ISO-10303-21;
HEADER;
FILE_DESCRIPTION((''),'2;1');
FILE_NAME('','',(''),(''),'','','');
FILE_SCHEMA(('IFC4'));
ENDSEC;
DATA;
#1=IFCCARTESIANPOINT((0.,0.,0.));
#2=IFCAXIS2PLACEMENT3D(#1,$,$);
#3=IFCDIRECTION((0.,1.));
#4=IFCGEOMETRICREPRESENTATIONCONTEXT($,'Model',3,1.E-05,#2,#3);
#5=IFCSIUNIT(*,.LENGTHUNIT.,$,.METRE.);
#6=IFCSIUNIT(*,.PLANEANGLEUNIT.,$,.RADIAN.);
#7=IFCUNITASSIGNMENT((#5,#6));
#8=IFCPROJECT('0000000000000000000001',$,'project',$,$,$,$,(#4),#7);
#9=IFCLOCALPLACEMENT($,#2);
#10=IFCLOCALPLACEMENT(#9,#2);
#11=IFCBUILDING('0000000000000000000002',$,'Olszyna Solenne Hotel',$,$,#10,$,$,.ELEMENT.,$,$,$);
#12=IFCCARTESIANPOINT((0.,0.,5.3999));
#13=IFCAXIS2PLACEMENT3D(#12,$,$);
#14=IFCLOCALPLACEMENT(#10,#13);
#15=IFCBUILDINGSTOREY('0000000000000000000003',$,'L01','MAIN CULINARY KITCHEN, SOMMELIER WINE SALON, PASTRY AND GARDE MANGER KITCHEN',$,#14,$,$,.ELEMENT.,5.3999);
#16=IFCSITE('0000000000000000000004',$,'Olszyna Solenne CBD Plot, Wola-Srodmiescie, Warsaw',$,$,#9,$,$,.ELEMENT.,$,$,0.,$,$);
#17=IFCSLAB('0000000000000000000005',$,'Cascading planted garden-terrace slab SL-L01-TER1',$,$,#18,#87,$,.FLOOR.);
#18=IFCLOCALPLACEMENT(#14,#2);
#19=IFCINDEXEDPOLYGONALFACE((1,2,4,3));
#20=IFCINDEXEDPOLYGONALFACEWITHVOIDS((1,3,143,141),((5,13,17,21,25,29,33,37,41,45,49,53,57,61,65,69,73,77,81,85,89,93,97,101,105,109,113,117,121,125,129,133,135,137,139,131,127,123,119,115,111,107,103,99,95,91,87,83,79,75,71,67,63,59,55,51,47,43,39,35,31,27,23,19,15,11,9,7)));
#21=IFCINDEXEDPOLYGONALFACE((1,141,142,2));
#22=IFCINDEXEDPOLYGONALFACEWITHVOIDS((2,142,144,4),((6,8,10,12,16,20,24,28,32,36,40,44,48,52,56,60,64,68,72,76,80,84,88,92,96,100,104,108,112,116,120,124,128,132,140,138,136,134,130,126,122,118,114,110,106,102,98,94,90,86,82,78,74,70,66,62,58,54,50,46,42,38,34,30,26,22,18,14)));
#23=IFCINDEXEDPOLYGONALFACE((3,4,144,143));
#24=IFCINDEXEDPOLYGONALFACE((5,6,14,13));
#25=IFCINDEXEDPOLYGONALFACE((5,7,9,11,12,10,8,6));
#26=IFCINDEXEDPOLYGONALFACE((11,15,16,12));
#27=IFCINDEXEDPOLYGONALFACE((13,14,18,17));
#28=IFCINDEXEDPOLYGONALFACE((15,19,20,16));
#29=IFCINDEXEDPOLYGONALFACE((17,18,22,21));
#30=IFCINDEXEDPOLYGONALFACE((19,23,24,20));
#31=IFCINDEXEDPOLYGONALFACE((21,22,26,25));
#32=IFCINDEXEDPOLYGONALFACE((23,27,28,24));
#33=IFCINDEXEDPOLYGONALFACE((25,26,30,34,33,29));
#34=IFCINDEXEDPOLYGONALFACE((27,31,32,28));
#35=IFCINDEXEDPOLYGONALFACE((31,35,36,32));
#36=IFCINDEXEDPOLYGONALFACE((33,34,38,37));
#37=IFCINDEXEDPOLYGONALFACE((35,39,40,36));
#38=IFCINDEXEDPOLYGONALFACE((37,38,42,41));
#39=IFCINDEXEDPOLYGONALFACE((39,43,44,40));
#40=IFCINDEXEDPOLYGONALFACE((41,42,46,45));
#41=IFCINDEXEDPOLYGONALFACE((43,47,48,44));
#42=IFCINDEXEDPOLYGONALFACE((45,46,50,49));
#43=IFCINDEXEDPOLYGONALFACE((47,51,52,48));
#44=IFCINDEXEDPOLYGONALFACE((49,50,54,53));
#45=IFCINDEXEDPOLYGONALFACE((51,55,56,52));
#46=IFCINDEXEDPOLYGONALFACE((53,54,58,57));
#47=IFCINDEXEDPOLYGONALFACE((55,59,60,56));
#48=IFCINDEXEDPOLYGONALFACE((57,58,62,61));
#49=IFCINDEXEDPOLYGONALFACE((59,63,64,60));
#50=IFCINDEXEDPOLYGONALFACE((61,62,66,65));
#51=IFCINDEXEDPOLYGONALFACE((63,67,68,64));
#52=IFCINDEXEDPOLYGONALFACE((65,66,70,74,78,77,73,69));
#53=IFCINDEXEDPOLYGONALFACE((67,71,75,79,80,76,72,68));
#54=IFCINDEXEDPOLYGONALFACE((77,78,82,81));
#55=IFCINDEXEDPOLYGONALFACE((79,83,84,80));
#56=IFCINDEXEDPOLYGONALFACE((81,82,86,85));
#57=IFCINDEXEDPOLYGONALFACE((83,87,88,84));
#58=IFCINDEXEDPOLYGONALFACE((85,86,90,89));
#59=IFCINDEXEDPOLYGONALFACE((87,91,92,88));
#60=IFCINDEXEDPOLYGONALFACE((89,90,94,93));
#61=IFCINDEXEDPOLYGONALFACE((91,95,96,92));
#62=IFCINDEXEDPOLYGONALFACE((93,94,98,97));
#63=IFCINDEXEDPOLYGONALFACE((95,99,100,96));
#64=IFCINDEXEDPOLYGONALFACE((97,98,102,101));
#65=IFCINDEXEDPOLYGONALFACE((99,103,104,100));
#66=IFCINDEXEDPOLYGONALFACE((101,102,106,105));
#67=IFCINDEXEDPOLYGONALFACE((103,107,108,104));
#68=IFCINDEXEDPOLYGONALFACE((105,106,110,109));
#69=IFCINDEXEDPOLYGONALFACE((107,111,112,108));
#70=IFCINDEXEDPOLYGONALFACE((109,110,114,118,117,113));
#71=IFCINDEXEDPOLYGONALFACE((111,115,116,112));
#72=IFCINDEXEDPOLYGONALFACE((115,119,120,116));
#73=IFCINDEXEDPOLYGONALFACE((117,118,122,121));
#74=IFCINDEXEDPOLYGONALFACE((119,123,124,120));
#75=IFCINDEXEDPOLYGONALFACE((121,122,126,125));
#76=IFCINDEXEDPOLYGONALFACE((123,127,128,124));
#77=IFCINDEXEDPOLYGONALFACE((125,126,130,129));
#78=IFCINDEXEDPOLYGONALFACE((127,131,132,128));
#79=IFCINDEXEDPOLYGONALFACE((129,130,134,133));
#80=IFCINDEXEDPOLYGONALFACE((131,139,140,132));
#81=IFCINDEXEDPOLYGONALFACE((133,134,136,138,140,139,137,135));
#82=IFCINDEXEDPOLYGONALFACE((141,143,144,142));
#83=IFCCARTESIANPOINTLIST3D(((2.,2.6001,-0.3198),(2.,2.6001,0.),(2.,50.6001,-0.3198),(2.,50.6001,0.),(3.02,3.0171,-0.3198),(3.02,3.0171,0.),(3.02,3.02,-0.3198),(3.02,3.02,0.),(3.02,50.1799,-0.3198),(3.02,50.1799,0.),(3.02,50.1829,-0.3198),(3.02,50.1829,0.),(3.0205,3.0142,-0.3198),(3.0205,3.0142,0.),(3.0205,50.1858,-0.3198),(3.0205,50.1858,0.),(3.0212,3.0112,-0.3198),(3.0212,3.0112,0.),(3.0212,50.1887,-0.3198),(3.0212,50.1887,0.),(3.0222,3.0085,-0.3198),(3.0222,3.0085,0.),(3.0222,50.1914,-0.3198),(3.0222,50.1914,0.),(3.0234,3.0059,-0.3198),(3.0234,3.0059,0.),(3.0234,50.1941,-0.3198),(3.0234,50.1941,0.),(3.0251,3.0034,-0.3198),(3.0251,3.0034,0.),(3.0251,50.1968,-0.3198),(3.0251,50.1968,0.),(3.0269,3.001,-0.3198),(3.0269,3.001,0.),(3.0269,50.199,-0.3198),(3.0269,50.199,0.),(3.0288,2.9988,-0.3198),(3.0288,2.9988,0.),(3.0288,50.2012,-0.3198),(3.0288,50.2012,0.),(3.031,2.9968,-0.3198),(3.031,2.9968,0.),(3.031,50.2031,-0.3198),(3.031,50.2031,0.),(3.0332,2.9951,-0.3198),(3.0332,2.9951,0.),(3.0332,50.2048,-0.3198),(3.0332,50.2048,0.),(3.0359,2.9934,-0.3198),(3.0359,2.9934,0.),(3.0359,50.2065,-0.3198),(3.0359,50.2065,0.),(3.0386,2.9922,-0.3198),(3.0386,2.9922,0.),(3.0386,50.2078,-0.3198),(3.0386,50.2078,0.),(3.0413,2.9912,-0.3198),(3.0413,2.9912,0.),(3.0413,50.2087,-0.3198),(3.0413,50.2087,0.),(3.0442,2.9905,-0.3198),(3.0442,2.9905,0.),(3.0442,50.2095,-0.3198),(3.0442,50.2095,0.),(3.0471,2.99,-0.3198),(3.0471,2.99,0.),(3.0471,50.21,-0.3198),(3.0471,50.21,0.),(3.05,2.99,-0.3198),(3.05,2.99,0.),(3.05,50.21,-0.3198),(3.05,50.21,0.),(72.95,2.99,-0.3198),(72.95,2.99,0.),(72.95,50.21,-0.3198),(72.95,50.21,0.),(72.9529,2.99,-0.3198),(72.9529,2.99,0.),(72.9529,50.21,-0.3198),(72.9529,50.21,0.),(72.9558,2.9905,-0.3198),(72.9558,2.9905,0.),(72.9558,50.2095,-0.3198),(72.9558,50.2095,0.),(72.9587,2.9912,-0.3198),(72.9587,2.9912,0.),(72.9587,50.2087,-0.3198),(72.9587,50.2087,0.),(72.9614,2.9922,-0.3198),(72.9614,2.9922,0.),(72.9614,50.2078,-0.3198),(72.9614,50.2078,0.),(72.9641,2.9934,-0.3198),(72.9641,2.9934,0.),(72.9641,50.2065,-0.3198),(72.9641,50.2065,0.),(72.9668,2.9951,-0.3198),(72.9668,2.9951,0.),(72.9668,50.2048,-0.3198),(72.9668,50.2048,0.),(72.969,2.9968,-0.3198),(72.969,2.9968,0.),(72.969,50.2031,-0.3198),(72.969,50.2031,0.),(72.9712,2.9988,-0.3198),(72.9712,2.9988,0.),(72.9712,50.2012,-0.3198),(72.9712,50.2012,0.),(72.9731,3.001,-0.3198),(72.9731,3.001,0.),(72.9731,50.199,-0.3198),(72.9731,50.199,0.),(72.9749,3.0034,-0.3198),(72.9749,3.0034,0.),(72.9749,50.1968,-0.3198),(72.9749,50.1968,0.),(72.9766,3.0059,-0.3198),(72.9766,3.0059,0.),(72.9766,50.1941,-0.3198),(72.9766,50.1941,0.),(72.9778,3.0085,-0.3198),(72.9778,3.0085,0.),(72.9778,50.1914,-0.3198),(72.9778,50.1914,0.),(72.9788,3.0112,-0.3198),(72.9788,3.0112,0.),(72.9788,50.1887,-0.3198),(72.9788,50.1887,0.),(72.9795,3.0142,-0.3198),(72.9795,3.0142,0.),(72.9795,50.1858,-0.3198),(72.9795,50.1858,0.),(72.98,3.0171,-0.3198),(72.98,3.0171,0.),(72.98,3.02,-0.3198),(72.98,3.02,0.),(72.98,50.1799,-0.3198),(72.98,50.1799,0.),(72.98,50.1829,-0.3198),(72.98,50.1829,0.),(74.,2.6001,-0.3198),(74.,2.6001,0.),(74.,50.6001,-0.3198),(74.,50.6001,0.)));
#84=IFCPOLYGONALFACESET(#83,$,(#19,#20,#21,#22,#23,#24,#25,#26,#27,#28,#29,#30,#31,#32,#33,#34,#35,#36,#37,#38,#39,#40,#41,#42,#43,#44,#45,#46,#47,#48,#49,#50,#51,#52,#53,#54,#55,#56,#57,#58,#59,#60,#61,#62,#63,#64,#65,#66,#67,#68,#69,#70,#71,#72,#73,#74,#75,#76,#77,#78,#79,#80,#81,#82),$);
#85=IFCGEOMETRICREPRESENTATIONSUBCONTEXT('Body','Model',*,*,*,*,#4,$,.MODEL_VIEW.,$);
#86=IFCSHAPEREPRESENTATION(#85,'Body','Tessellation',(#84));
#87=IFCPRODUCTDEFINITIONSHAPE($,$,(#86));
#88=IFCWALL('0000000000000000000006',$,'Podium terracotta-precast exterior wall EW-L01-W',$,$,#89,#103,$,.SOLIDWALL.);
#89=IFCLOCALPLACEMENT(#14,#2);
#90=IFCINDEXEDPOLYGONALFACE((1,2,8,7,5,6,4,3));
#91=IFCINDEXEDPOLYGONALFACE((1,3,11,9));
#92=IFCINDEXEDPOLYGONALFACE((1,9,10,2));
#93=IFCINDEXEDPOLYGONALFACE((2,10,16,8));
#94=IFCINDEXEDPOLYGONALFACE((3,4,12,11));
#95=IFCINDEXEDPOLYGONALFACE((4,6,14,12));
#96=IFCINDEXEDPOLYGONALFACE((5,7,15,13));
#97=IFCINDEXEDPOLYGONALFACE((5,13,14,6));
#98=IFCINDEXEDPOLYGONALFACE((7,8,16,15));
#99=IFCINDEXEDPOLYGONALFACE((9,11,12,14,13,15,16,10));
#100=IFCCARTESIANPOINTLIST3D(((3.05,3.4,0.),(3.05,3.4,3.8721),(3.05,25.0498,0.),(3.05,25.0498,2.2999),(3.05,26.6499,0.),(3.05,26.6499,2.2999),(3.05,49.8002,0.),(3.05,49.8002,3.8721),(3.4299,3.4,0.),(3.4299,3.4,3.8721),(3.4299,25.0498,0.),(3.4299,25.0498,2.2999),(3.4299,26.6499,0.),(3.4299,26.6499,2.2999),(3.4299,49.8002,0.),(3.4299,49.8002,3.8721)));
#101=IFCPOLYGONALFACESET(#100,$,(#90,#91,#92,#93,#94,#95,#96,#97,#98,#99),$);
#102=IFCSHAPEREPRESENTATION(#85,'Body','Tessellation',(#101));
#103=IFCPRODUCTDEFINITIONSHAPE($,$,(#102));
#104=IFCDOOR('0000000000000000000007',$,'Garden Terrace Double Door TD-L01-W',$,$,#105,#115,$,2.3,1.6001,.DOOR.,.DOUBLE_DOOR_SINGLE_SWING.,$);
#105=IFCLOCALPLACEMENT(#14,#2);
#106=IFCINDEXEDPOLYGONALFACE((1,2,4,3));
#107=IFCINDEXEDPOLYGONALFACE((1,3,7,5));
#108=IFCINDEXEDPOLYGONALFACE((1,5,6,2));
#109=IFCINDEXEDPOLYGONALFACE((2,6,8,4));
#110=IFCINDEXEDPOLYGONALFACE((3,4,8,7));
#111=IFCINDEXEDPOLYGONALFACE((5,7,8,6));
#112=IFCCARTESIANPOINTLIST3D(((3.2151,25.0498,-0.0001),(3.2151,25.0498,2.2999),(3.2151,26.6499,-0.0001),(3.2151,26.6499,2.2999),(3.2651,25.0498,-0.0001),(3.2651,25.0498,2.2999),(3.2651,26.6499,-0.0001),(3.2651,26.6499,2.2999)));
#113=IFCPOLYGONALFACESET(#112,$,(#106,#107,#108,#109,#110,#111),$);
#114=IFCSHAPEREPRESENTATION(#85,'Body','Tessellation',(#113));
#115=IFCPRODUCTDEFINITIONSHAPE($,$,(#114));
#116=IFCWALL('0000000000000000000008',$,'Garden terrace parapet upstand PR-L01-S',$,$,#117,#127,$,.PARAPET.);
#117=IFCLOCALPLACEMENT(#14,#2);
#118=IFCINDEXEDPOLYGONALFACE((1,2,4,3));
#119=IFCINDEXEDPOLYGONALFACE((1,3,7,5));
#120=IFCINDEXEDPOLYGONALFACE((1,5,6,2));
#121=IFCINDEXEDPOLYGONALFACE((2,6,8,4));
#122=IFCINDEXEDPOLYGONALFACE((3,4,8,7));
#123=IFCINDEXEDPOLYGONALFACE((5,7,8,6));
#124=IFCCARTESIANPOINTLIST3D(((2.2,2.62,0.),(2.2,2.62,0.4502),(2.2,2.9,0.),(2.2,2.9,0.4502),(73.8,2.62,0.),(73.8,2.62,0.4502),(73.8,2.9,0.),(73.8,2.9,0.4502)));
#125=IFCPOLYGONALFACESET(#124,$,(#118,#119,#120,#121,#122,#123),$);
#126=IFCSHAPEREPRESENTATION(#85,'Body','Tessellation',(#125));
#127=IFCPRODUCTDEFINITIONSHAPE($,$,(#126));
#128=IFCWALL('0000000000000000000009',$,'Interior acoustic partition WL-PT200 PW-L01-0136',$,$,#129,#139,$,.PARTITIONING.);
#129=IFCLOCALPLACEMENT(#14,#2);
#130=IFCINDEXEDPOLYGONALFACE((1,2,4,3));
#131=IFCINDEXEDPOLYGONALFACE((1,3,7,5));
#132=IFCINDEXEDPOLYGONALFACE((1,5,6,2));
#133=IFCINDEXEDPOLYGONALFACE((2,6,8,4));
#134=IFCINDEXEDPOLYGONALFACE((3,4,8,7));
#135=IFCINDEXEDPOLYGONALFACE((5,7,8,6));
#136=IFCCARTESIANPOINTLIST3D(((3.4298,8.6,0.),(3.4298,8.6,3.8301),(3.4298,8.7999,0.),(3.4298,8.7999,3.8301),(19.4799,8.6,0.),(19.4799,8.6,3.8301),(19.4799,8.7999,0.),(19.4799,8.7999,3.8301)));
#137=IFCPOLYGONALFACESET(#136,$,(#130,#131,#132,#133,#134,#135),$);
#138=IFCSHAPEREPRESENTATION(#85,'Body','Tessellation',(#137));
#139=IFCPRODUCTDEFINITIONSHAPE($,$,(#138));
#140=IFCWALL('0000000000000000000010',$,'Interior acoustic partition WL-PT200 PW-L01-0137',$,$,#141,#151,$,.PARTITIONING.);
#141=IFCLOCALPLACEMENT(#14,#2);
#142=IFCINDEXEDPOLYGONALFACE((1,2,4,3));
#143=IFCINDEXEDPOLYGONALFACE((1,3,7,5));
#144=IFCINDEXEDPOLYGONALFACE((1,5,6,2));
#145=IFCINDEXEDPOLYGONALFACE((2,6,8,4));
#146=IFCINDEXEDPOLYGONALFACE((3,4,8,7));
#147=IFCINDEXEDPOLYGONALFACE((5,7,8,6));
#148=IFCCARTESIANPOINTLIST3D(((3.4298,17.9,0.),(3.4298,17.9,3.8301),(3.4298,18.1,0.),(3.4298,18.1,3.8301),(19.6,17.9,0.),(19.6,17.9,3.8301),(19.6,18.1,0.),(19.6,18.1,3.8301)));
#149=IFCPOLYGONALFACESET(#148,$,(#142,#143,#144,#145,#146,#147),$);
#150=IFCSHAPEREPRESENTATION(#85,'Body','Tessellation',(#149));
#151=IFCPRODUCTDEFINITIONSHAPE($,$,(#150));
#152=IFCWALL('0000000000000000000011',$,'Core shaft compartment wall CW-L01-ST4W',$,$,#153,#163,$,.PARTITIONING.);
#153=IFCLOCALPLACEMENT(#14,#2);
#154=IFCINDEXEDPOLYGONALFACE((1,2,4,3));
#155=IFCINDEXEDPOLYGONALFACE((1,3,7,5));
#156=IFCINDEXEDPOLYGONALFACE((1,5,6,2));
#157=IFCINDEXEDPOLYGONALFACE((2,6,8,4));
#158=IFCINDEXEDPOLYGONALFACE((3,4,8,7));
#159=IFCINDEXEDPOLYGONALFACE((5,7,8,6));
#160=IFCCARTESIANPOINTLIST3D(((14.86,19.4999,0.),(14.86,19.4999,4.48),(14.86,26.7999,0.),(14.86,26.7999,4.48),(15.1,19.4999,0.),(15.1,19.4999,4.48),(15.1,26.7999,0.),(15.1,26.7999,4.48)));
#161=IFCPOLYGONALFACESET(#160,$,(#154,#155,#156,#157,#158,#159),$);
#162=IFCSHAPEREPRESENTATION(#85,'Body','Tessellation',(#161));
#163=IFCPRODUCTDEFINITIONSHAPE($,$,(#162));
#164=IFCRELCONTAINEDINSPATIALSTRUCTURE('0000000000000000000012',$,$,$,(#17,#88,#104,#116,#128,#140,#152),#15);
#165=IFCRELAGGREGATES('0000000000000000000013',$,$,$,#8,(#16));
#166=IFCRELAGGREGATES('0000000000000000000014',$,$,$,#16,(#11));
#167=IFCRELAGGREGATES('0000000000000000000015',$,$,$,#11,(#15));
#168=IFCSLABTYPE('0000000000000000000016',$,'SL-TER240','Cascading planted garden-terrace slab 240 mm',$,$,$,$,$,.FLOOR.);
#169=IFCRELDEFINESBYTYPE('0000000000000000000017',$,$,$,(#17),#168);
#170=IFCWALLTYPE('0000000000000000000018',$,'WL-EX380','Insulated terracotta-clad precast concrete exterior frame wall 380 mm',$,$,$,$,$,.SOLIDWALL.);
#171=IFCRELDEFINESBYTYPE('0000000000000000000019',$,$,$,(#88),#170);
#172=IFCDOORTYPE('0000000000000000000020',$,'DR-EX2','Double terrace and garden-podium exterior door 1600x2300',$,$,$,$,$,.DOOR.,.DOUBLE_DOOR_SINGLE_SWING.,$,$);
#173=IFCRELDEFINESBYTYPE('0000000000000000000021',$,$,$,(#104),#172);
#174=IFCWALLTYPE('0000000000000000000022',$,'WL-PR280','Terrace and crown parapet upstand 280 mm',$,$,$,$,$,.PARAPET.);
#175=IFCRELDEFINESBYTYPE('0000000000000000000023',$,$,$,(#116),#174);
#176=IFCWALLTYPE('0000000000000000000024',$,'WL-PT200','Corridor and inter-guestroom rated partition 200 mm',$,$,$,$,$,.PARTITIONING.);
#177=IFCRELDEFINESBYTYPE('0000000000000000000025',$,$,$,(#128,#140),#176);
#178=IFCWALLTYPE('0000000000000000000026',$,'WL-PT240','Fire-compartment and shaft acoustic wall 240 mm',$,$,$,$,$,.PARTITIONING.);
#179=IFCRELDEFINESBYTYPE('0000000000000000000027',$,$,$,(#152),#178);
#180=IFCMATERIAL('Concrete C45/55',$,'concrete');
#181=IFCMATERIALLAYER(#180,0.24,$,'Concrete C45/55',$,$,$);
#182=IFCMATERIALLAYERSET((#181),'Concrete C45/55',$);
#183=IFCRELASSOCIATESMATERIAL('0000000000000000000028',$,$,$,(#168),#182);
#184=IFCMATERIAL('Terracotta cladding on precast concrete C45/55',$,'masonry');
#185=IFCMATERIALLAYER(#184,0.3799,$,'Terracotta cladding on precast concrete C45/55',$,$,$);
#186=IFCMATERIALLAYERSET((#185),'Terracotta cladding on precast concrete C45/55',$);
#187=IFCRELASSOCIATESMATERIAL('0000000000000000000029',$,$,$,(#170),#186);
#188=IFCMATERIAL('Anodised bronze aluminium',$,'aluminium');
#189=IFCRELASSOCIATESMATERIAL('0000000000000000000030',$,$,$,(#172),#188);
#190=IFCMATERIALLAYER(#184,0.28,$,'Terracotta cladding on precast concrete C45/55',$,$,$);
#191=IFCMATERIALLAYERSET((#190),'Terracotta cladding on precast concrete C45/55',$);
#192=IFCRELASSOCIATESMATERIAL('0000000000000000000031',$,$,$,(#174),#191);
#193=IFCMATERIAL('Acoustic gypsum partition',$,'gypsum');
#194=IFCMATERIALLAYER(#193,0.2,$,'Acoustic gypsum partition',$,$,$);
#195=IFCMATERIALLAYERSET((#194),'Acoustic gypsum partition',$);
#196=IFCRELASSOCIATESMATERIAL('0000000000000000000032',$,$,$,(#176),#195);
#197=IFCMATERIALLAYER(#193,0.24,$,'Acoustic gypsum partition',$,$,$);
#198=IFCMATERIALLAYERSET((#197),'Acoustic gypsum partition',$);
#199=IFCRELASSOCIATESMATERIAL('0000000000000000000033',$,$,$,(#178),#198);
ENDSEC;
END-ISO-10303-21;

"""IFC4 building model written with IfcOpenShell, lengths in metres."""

from ifc_helpers import new_model, si_unit, direction, frame, frame_2d, origin, place, context, subcontext, project, spatial, polyline, rectangle, outline, extrude, source, transform, mapped, material, layer, layer_set, type_object, type_shapes, element, fill, save


model = new_model("IFC4")

# Units and contexts
model_context = context("Model", 3, precision=1e-05, world=origin(), true_north=direction((0.0, 1.0)))
body_context = subcontext(model_context, "Body", "Model", "MODEL_VIEW")
ifc_project = project(units=[si_unit("LENGTHUNIT", "METRE"), si_unit("PLANEANGLEUNIT", "RADIAN")], contexts=[model_context])

# Site, building, storey
site_placement = place(None, origin())
site = spatial("IfcSite", under=ifc_project, at=site_placement, Name="Olszyna Solenne CBD Plot, Wola-Srodmiescie, Warsaw", CompositionType="ELEMENT", RefElevation=0.0)
building_placement = place(site_placement, origin())
building = spatial("IfcBuilding", under=site, at=building_placement, Name="Olszyna Solenne Hotel", CompositionType="ELEMENT")
storey_placement = place(building_placement, frame((0.0, 0.0, 5.3999)))
storey = spatial("IfcBuildingStorey", under=building, at=storey_placement, Name="L01", Description="MAIN CULINARY KITCHEN, SOMMELIER WINE SALON, PASTRY AND GARDE MANGER KITCHEN", CompositionType="ELEMENT", Elevation=5.3999)

# Slab
ifc_material_1 = material(Name="Concrete C45/55", Category="concrete")
ifc_layer_1 = layer(ifc_material_1, 0.24, Name="Concrete C45/55")
ifc_layer_set_1 = layer_set([ifc_layer_1], Name="Concrete C45/55")
slab_type_1 = type_object("IfcSlabType", Name="SL-TER240", Description="Cascading planted garden-terrace slab 240 mm", PredefinedType="FLOOR", material=ifc_layer_set_1)
slab_1_placement = place(storey_placement, frame((0.0, 0.0, -0.3198)))
element("IfcSlab", 1, at=slab_1_placement, inside=storey, type_object=slab_type_1, Name="Cascading planted garden-terrace slab SL-L01-TER1", PredefinedType="FLOOR", context=body_context, shape_type="SweptSolid", body=[
    extrude(outline(polyline([(2.0, 2.6001), (74.0, 2.6001), (74.0, 50.6001), (2.0, 50.6001), (2.0, 2.6001)]), holes=[polyline([(3.02, 3.0171), (3.0205, 3.0142), (3.0212, 3.0112), (3.0222, 3.0085), (3.0234, 3.0059), (3.0251, 3.0034), (3.0269, 3.001), (3.0288, 2.9988), (3.031, 2.9968), (3.0332, 2.9951), (3.0359, 2.9934), (3.0386, 2.9922), (3.0413, 2.9912), (3.0442, 2.9905), (3.0471, 2.99), (3.05, 2.99), (72.95, 2.99), (72.9529, 2.99), (72.9558, 2.9905), (72.9587, 2.9912), (72.9614, 2.9922), (72.9641, 2.9934), (72.9668, 2.9951), (72.969, 2.9968), (72.9712, 2.9988), (72.9731, 3.001), (72.9749, 3.0034), (72.9766, 3.0059), (72.9778, 3.0085), (72.9788, 3.0112), (72.9795, 3.0142), (72.98, 3.0171), (72.98, 3.02), (72.98, 50.1799), (72.98, 50.1829), (72.9795, 50.1858), (72.9788, 50.1887), (72.9778, 50.1914), (72.9766, 50.1941), (72.9749, 50.1968), (72.9731, 50.199), (72.9712, 50.2012), (72.969, 50.2031), (72.9668, 50.2048), (72.9641, 50.2065), (72.9614, 50.2078), (72.9587, 50.2087), (72.9558, 50.2095), (72.9529, 50.21), (72.95, 50.21), (3.05, 50.21), (3.0471, 50.21), (3.0442, 50.2095), (3.0413, 50.2087), (3.0386, 50.2078), (3.0359, 50.2065), (3.0332, 50.2048), (3.031, 50.2031), (3.0288, 50.2012), (3.0269, 50.199), (3.0251, 50.1968), (3.0234, 50.1941), (3.0222, 50.1914), (3.0212, 50.1887), (3.0205, 50.1858), (3.02, 50.1829), (3.02, 50.1799), (3.02, 3.02), (3.02, 3.0171)])]), origin(), (0.0, 0.0, 1.0), 0.3198),
])

# Wall, opening, door
ifc_material_2 = material(Name="Terracotta cladding on precast concrete C45/55", Category="masonry")
ifc_layer_2 = layer(ifc_material_2, 0.3799, Name="Terracotta cladding on precast concrete C45/55")
ifc_layer_set_2 = layer_set([ifc_layer_2], Name="Terracotta cladding on precast concrete C45/55")
wall_type_1 = type_object("IfcWallType", Name="WL-EX380", Description="Insulated terracotta-clad precast concrete exterior frame wall 380 mm", PredefinedType="SOLIDWALL", material=ifc_layer_set_2)
wall_1_placement = place(storey_placement, frame((3.24, 3.3999, 0.0), z_axis=(0.0, 0.0, 1.0), x_axis=(0.0, 1.0, 0.0)))
wall_1 = element("IfcWall", 2, at=wall_1_placement, inside=storey, type_object=wall_type_1, Name="Podium terracotta-precast exterior wall EW-L01-W", PredefinedType="SOLIDWALL", context=body_context, shape_type="SweptSolid", body=[
    extrude(rectangle(XDim=46.4001, YDim=0.3799, at=frame_2d((23.2002, 0.0))), origin(), (0.0, 0.0, 1.0), 3.8721),
])
opening_placement = place(wall_1_placement, frame((21.6499, 0.0, 0.0)))
opening = element("IfcOpeningElement", 3, at=opening_placement, cuts=wall_1, PredefinedType="OPENING", context=body_context, shape_type="SweptSolid", body=[
    extrude(rectangle(XDim=1.6001, YDim=2.3, at=frame_2d((0.8, 1.1499))), frame((0.0, 0.2, 0.0), z_axis=(0.0, -1.0, 0.0), x_axis=(1.0, 0.0, 0.0)), (0.0, 0.0, 1.0), 0.3999),
])
ifc_material_3 = material(Name="Anodised bronze aluminium", Category="aluminium")
door_type = type_object("IfcDoorType", Name="DR-EX2", Description="Double terrace and garden-podium exterior door 1600x2300", OperationType="DOUBLE_DOOR_SINGLE_SWING", PredefinedType="DOOR", material=ifc_material_3)
shared_shape_1 = source(origin(), body_context, "Body", "SweptSolid", [
    extrude(rectangle(XDim=1.6001, YDim=2.3, at=frame_2d((0.8, 1.1499))), frame((0.0, 0.0249, 0.0), z_axis=(0.0, -1.0, 0.0), x_axis=(1.0, 0.0, 0.0)), (0.0, 0.0, 1.0), 0.05),
])
type_shapes(door_type, [shared_shape_1])
door_placement = place(opening_placement, origin())
door = element("IfcDoor", 4, at=door_placement, inside=storey, type_object=door_type, Name="Garden Terrace Double Door TD-L01-W", OperationType="DOUBLE_DOOR_SINGLE_SWING", OverallHeight=2.3, OverallWidth=1.6001, PredefinedType="DOOR", context=body_context, shape_type="MappedRepresentation", body=[
    mapped(shared_shape_1, transform((0.0, 0.0, 0.0), x_axis=(1.0, 0.0, 0.0), y_axis=(0.0, 1.0, 0.0), z_axis=(0.0, 0.0, 1.0), scale=1.0)),
])
fill(opening, door)

# Walls
ifc_layer_3 = layer(ifc_material_2, 0.28, Name="Terracotta cladding on precast concrete C45/55")
ifc_layer_set_3 = layer_set([ifc_layer_3], Name="Terracotta cladding on precast concrete C45/55")
wall_type_2 = type_object("IfcWallType", Name="WL-PR280", Description="Terrace and crown parapet upstand 280 mm", PredefinedType="PARAPET", material=ifc_layer_set_3)
wall_2_placement = place(storey_placement, frame((2.2, 2.76, 0.0), z_axis=(0.0, 0.0, 1.0), x_axis=(1.0, 0.0, 0.0)))
element("IfcWall", 5, at=wall_2_placement, inside=storey, type_object=wall_type_2, Name="Garden terrace parapet upstand PR-L01-S", PredefinedType="PARAPET", context=body_context, shape_type="SweptSolid", body=[
    extrude(rectangle(XDim=71.6001, YDim=0.28, at=frame_2d((35.8, 0.0))), origin(), (0.0, 0.0, 1.0), 0.4502),
])
ifc_material_4 = material(Name="Acoustic gypsum partition", Category="gypsum")
ifc_layer_4 = layer(ifc_material_4, 0.2, Name="Acoustic gypsum partition")
ifc_layer_set_4 = layer_set([ifc_layer_4], Name="Acoustic gypsum partition")
wall_type_3 = type_object("IfcWallType", Name="WL-PT200", Description="Corridor and inter-guestroom rated partition 200 mm", PredefinedType="PARTITIONING", material=ifc_layer_set_4)
wall_3_placement = place(storey_placement, frame((3.4299, 8.7, 0.0), z_axis=(0.0, 0.0, 1.0), x_axis=(1.0, 0.0, 0.0)))
element("IfcWall", 6, at=wall_3_placement, inside=storey, type_object=wall_type_3, Name="Interior acoustic partition WL-PT200 PW-L01-0136", PredefinedType="PARTITIONING", context=body_context, shape_type="SweptSolid", body=[
    extrude(rectangle(XDim=16.05, YDim=0.2, at=frame_2d((8.0249, 0.0))), origin(), (0.0, 0.0, 1.0), 3.8301),
])
wall_4_placement = place(storey_placement, frame((3.4299, 18.0, 0.0), z_axis=(0.0, 0.0, 1.0), x_axis=(1.0, 0.0, 0.0)))
element("IfcWall", 7, at=wall_4_placement, inside=storey, type_object=wall_type_3, Name="Interior acoustic partition WL-PT200 PW-L01-0137", PredefinedType="PARTITIONING", context=body_context, shape_type="SweptSolid", body=[
    extrude(rectangle(XDim=16.1702, YDim=0.2, at=frame_2d((8.085, 0.0))), origin(), (0.0, 0.0, 1.0), 3.8301),
])
ifc_layer_5 = layer(ifc_material_4, 0.24, Name="Acoustic gypsum partition")
ifc_layer_set_5 = layer_set([ifc_layer_5], Name="Acoustic gypsum partition")
wall_type_4 = type_object("IfcWallType", Name="WL-PT240", Description="Fire-compartment and shaft acoustic wall 240 mm", PredefinedType="PARTITIONING", material=ifc_layer_set_5)
wall_5_placement = place(storey_placement, frame((14.98, 19.5, 0.0), z_axis=(0.0, 0.0, 1.0), x_axis=(0.0, 1.0, 0.0)))
element("IfcWall", 8, at=wall_5_placement, inside=storey, type_object=wall_type_4, Name="Core shaft compartment wall CW-L01-ST4W", PredefinedType="PARTITIONING", context=body_context, shape_type="SweptSolid", body=[
    extrude(rectangle(XDim=7.3, YDim=0.24, at=frame_2d((3.6499, 0.0))), origin(), (0.0, 0.0, 1.0), 4.48),
])

save(model, "model.ifc")
